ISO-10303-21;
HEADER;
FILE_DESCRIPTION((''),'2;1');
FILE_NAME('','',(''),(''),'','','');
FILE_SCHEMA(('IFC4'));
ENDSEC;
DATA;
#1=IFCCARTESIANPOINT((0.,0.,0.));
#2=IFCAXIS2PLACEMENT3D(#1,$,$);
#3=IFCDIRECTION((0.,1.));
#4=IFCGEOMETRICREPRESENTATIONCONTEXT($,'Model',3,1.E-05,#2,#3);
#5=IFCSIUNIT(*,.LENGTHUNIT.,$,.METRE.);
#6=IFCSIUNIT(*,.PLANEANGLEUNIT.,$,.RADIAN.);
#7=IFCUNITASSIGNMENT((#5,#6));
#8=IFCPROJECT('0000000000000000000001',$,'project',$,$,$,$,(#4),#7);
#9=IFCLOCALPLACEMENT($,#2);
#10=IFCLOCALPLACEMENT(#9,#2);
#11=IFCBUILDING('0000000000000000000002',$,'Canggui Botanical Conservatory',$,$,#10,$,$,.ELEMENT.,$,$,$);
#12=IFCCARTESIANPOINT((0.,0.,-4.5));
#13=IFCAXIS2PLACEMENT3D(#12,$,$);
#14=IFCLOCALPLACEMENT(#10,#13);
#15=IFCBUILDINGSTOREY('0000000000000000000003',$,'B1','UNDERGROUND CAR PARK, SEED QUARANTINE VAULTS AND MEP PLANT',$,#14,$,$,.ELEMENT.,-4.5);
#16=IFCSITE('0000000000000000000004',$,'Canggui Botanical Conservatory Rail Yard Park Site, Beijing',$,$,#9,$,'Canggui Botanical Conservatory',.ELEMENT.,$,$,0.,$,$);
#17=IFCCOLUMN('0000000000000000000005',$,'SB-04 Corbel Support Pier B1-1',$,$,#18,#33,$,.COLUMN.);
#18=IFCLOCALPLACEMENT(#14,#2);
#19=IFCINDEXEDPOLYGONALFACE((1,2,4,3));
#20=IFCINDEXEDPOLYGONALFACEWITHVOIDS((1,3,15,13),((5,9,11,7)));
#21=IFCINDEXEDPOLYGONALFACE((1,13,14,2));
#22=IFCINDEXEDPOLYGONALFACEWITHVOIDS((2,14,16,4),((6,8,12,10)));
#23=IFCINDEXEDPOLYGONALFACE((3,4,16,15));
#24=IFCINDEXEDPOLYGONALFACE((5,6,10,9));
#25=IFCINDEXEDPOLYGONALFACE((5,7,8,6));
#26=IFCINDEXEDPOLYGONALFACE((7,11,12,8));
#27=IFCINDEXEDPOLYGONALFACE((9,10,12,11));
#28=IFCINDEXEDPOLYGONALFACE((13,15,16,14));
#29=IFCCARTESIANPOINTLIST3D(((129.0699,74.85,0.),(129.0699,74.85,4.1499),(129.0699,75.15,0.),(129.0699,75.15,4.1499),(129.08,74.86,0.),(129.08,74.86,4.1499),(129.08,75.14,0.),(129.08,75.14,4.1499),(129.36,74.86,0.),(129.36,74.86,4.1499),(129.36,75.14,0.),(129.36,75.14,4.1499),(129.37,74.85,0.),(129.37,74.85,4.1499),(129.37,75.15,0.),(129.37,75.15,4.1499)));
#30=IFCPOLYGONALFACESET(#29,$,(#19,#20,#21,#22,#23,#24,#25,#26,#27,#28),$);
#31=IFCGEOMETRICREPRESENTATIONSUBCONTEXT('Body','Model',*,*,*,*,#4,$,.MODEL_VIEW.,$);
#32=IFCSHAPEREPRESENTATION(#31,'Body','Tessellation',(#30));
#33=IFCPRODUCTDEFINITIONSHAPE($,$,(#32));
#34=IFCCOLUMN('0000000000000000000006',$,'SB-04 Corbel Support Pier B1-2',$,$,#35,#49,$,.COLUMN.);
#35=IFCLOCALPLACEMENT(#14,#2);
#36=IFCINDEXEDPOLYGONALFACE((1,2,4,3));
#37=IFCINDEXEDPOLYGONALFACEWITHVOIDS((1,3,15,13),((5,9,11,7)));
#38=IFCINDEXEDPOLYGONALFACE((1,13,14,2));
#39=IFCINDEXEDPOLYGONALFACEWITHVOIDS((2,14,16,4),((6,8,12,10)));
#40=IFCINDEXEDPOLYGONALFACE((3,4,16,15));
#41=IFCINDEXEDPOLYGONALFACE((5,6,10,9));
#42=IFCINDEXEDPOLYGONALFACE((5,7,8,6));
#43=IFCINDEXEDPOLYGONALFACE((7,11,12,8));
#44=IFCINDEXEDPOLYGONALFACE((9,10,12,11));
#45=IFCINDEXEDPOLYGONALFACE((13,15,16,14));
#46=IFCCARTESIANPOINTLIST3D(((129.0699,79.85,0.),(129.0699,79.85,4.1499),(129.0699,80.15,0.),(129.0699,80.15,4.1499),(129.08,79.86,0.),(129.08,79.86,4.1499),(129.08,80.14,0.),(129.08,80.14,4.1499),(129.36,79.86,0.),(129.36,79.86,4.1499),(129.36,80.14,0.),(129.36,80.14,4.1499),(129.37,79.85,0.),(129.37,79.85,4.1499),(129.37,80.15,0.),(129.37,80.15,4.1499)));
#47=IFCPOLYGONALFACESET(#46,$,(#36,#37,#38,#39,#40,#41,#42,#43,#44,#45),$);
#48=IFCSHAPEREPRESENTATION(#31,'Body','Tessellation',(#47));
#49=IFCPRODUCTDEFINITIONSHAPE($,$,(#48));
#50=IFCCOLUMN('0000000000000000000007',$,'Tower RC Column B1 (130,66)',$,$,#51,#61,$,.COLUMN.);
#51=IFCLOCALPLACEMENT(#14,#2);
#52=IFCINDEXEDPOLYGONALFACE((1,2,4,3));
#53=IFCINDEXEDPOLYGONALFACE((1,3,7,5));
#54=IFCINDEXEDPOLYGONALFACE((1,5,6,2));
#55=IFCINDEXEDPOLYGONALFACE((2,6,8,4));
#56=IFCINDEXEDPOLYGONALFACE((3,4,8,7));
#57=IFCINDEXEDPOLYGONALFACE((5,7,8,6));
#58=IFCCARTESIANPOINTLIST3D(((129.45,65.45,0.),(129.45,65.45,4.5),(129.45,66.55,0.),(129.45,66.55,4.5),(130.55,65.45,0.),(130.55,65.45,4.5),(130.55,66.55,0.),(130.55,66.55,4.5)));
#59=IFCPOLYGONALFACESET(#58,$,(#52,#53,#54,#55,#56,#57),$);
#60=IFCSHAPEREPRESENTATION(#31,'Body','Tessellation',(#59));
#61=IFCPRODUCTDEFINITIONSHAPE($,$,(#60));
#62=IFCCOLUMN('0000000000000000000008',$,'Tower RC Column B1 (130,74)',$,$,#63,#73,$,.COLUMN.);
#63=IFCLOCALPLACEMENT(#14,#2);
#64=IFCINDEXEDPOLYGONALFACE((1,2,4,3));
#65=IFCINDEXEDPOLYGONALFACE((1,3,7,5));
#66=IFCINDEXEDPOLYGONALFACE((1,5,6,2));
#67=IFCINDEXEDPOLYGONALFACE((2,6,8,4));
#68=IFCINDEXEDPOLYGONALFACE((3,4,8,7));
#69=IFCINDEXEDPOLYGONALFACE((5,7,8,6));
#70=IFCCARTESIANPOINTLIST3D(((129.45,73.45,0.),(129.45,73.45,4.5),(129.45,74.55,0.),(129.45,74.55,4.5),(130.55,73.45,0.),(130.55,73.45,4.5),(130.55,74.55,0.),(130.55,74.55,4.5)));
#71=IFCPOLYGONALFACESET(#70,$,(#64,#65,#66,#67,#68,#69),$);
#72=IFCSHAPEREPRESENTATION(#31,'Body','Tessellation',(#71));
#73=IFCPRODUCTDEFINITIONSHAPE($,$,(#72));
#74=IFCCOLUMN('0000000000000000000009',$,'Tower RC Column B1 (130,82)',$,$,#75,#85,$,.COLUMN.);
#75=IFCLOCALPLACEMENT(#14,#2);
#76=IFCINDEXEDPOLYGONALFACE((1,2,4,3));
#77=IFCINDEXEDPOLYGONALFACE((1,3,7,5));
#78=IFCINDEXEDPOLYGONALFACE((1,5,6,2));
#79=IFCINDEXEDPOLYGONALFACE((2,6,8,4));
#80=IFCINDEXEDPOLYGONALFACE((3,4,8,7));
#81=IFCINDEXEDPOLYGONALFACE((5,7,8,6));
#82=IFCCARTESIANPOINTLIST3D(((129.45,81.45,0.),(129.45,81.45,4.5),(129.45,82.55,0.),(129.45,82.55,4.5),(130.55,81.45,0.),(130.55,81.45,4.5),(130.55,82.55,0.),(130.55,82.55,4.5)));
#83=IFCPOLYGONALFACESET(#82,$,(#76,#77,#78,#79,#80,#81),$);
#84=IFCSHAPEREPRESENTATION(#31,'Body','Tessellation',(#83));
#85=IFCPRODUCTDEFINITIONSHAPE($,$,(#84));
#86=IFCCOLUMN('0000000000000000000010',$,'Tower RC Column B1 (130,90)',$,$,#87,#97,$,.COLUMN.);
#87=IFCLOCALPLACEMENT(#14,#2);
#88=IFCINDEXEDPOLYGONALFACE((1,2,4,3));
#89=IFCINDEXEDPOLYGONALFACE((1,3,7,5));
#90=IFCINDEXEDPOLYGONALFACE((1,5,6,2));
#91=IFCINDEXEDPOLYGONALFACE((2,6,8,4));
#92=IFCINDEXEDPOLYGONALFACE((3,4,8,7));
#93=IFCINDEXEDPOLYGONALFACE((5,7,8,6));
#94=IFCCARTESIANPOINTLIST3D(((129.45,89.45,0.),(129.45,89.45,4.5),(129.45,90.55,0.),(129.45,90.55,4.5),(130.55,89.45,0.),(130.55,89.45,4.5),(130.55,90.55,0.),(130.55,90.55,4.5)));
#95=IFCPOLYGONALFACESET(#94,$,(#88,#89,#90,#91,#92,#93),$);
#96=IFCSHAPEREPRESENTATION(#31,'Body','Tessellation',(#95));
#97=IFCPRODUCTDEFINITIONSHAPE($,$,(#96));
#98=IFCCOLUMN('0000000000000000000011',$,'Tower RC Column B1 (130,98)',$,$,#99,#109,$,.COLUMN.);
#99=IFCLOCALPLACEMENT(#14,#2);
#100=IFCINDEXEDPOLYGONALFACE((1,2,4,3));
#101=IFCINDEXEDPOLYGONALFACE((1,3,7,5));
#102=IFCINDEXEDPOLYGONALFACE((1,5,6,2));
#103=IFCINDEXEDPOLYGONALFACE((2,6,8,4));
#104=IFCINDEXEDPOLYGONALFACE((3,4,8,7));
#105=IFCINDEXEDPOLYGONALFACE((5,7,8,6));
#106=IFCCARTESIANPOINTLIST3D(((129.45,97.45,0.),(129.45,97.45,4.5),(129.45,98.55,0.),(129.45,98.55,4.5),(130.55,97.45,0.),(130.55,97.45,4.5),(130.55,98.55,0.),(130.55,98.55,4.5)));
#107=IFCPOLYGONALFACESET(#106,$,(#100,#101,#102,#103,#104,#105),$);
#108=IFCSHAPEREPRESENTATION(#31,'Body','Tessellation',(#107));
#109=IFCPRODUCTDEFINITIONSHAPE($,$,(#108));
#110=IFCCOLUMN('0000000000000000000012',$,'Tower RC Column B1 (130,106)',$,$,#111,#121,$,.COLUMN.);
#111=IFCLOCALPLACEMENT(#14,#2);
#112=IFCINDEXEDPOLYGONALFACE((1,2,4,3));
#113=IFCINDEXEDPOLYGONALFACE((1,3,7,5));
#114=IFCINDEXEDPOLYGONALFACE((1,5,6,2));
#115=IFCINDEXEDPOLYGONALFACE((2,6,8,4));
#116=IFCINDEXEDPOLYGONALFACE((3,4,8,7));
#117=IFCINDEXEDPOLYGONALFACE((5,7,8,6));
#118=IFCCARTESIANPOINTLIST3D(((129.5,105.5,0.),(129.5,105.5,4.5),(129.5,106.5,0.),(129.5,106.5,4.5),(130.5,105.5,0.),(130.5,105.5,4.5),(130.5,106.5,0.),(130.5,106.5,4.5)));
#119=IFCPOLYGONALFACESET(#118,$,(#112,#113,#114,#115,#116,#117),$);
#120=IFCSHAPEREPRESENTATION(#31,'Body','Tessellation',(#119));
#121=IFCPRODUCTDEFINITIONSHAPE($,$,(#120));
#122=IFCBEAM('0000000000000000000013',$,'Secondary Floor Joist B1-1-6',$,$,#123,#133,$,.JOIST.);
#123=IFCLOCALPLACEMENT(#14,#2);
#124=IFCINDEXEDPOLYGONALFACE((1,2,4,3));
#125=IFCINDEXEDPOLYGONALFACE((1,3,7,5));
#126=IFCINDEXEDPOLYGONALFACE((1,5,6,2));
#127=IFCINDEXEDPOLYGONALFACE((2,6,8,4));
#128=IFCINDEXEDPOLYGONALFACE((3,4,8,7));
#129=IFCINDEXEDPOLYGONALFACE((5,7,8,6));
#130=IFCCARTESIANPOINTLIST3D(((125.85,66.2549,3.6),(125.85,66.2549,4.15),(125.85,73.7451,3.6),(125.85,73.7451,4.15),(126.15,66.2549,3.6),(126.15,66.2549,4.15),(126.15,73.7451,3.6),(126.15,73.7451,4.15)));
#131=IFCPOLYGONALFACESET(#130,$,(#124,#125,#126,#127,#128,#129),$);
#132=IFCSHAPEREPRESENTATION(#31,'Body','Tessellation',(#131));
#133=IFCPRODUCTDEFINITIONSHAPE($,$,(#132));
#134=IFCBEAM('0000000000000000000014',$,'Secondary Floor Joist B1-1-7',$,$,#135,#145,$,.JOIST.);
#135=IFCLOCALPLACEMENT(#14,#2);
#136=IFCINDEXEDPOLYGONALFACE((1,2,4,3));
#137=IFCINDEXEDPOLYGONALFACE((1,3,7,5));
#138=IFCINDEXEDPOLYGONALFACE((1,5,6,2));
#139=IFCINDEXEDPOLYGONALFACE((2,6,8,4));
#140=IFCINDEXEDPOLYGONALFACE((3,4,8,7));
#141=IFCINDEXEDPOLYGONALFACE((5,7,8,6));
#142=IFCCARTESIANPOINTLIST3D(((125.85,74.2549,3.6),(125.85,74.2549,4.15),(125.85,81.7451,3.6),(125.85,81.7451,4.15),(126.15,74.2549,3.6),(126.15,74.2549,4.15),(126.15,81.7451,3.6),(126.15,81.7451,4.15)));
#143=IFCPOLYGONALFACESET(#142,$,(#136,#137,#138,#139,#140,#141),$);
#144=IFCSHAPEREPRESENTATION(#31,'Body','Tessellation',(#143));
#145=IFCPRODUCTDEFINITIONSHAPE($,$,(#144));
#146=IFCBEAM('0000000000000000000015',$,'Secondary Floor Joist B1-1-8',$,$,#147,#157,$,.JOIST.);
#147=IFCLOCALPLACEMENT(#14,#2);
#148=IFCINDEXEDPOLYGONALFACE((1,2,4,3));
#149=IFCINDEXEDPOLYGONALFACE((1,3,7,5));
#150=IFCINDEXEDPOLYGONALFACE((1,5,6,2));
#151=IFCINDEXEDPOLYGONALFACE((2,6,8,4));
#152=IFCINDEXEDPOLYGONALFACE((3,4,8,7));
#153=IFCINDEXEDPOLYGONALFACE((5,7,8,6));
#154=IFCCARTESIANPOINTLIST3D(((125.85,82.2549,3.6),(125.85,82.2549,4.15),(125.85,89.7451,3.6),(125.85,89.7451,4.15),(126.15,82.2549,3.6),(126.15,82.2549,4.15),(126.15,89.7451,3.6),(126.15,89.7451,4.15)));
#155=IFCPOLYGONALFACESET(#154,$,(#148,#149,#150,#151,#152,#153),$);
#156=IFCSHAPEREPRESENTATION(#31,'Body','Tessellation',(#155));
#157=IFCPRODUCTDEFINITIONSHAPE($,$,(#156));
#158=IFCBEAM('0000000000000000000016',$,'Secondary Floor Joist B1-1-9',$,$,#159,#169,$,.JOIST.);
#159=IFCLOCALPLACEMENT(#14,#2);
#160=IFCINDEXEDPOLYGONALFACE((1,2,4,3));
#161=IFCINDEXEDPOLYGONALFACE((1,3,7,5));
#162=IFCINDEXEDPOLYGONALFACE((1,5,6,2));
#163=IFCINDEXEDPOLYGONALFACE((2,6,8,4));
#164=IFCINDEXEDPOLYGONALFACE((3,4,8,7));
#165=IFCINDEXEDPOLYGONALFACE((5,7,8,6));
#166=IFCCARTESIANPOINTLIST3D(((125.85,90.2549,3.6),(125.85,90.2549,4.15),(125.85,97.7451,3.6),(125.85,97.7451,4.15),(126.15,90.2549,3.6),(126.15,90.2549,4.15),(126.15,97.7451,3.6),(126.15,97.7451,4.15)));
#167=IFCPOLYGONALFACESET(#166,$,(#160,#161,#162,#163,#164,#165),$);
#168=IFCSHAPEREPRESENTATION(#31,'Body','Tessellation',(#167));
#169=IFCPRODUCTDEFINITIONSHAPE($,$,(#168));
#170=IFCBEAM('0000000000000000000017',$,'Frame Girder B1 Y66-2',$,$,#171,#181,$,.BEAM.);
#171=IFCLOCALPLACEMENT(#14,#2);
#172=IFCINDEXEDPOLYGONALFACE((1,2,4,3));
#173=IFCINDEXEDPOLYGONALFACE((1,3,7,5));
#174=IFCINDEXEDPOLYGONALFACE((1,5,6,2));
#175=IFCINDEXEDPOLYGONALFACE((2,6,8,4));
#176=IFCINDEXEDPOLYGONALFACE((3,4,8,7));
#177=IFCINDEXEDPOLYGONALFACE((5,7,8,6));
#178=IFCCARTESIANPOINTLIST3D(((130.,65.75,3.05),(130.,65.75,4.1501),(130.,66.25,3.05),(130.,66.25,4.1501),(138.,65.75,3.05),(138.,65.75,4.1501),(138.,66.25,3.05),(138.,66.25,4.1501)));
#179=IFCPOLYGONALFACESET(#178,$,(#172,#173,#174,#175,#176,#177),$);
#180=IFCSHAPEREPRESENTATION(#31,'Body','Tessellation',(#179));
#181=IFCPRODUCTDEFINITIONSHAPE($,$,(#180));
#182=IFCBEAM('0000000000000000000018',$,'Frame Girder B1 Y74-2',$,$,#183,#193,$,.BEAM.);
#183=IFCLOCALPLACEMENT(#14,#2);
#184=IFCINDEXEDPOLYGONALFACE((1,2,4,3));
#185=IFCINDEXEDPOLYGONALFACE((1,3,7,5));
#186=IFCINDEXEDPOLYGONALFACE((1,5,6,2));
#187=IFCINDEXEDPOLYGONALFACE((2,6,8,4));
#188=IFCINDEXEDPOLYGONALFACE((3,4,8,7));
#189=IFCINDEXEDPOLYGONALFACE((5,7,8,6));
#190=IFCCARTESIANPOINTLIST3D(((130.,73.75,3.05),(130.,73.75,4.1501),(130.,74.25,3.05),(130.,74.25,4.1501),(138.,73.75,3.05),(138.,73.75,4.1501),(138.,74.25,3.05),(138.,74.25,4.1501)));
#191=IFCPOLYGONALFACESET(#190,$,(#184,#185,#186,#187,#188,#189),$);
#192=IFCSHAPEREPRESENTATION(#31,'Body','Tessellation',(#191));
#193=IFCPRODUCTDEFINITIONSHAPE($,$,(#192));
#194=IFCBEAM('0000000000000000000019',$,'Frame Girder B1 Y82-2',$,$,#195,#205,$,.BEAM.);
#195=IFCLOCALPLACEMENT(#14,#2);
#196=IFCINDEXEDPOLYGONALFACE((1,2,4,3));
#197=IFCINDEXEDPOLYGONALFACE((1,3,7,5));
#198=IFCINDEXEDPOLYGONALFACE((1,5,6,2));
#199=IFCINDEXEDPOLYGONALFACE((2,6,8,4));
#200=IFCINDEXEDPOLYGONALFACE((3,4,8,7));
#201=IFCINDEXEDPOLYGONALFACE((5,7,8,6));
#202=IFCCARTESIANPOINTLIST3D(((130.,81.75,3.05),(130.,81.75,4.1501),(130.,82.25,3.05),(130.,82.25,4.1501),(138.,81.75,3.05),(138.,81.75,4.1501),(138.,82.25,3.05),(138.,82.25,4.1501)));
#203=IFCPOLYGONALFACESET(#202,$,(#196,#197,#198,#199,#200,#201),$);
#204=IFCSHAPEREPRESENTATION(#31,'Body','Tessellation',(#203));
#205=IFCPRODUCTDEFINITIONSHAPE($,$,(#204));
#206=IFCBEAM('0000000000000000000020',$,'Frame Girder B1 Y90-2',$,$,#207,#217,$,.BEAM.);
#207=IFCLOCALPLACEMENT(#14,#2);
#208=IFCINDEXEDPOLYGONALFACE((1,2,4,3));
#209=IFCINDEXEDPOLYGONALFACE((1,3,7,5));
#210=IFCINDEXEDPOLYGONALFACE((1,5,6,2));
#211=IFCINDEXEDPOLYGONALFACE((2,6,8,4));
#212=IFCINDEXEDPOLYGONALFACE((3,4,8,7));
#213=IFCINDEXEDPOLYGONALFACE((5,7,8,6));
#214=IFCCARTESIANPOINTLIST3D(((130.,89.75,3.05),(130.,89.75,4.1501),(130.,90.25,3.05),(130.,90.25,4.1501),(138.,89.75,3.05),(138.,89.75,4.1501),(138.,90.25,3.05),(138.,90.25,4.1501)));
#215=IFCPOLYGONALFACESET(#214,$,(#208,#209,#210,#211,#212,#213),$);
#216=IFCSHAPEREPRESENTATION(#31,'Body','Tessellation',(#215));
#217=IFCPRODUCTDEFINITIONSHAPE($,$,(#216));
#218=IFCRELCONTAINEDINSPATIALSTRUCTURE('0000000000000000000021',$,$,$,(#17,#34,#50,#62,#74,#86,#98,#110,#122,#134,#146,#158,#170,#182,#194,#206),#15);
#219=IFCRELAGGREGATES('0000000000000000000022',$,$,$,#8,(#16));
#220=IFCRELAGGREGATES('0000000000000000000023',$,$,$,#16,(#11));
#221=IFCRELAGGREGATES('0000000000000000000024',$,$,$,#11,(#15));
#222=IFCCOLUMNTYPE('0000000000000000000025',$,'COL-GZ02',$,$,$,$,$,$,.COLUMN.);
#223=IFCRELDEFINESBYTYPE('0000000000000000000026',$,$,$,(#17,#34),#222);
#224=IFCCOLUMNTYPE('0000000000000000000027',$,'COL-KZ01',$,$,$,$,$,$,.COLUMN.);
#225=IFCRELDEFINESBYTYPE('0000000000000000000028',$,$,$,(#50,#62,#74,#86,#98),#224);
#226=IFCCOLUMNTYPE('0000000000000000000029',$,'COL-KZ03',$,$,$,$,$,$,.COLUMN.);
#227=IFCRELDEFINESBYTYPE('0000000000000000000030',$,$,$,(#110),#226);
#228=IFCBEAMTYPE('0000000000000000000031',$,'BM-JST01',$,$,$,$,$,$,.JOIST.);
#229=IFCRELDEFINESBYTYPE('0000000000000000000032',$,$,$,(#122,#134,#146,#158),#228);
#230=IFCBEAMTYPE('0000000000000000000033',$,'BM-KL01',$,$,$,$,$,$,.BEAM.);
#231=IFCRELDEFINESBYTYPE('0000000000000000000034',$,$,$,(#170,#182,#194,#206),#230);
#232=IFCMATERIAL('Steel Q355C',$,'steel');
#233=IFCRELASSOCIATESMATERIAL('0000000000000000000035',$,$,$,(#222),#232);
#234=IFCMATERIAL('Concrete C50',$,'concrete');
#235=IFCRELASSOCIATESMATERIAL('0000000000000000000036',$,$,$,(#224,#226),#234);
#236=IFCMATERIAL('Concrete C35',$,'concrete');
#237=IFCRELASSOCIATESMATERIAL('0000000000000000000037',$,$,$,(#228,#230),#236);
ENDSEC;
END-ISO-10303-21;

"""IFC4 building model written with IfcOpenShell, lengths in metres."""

from ifc_helpers import new_model, si_unit, direction, frame, origin, origin_2d, place, context, subcontext, project, spatial, rectangle, hollow_rectangle, extrude, material, material_profile, profile_set, type_object, element, save


model = new_model("IFC4")

# Units and contexts
model_context = context("Model", 3, precision=1e-05, world=origin(), true_north=direction((0.0, 1.0)))
body_context = subcontext(model_context, "Body", "Model", "MODEL_VIEW")
ifc_project = project(units=[si_unit("LENGTHUNIT", "METRE"), si_unit("PLANEANGLEUNIT", "RADIAN")], contexts=[model_context])

# Site, building, storey
site_placement = place(None, origin())
site = spatial("IfcSite", under=ifc_project, at=site_placement, Name="Canggui Botanical Conservatory Rail Yard Park Site, Beijing", LongName="Canggui Botanical Conservatory", CompositionType="ELEMENT", RefElevation=0.0)
building_placement = place(site_placement, origin())
building = spatial("IfcBuilding", under=site, at=building_placement, Name="Canggui Botanical Conservatory", CompositionType="ELEMENT")
storey_placement = place(building_placement, frame((0.0, 0.0, -4.5)))
storey = spatial("IfcBuildingStorey", under=building, at=storey_placement, Name="B1", Description="UNDERGROUND CAR PARK, SEED QUARANTINE VAULTS AND MEP PLANT", CompositionType="ELEMENT", Elevation=-4.5)

# Columns
ifc_material_1 = material(Name="Steel Q355C", Category="steel")
ifc_material_profile_1 = material_profile(ifc_material_1, hollow_rectangle(XDim=0.3, YDim=0.3, WallThickness=0.01, at=origin_2d()), Name="SHS 300x300x10")
ifc_profile_set_1 = profile_set([ifc_material_profile_1], Name="Steel Q355C")
column_type_1 = type_object("IfcColumnType", Name="COL-GZ02", PredefinedType="COLUMN", material=ifc_profile_set_1)
for number, where, z_axis, x_axis, name in (
    (1, (129.22, 75.0, 0.0), (0.0, 0.0, 1.0), (1.0, 0.0, 0.0), "SB-04 Corbel Support Pier B1-1"),
    (2, (129.22, 80.0, 0.0), (0.0, 0.0, 1.0), (1.0, 0.0, 0.0), "SB-04 Corbel Support Pier B1-2"),
):
    element("IfcColumn", number, at=place(storey_placement, frame(where, z_axis=z_axis, x_axis=x_axis)), inside=storey, type_object=column_type_1, Name=name, PredefinedType="COLUMN", context=body_context, shape_type="SweptSolid", body=[
        extrude(hollow_rectangle(XDim=0.3, YDim=0.3, WallThickness=0.01, at=origin_2d()), origin(), (0.0, 0.0, 1.0), 4.1499),
    ])
ifc_material_2 = material(Name="Concrete C50", Category="concrete")
ifc_material_profile_2 = material_profile(ifc_material_2, rectangle(XDim=1.1001, YDim=1.1001, at=origin_2d()), Name="RC 1100x1100")
ifc_profile_set_2 = profile_set([ifc_material_profile_2], Name="Concrete C50")
column_type_2 = type_object("IfcColumnType", Name="COL-KZ01", PredefinedType="COLUMN", material=ifc_profile_set_2)
for number, where, z_axis, x_axis, name in (
    (3, (130.0, 66.0, 0.0), (0.0, 0.0, 1.0), (1.0, 0.0, 0.0), "Tower RC Column B1 (130,66)"),
    (4, (130.0, 74.0, 0.0), (0.0, 0.0, 1.0), (1.0, 0.0, 0.0), "Tower RC Column B1 (130,74)"),
    (5, (130.0, 82.0, 0.0), (0.0, 0.0, 1.0), (1.0, 0.0, 0.0), "Tower RC Column B1 (130,82)"),
    (6, (130.0, 90.0, 0.0), (0.0, 0.0, 1.0), (1.0, 0.0, 0.0), "Tower RC Column B1 (130,90)"),
    (7, (130.0, 98.0, 0.0), (0.0, 0.0, 1.0), (1.0, 0.0, 0.0), "Tower RC Column B1 (130,98)"),
):
    element("IfcColumn", number, at=place(storey_placement, frame(where, z_axis=z_axis, x_axis=x_axis)), inside=storey, type_object=column_type_2, Name=name, PredefinedType="COLUMN", context=body_context, shape_type="SweptSolid", body=[
        extrude(rectangle(XDim=1.1001, YDim=1.1001, at=origin_2d()), origin(), (0.0, 0.0, 1.0), 4.5),
    ])
ifc_material_profile_3 = material_profile(ifc_material_2, rectangle(XDim=1.0, YDim=1.0, at=origin_2d()), Name="RC 1000x1000")
ifc_profile_set_3 = profile_set([ifc_material_profile_3], Name="Concrete C50")
column_type_3 = type_object("IfcColumnType", Name="COL-KZ03", PredefinedType="COLUMN", material=ifc_profile_set_3)
column_placement = place(storey_placement, frame((130.0, 106.0, 0.0), z_axis=(0.0, 0.0, 1.0), x_axis=(1.0, 0.0, 0.0)))
element("IfcColumn", 8, at=column_placement, inside=storey, type_object=column_type_3, Name="Tower RC Column B1 (130,106)", PredefinedType="COLUMN", context=body_context, shape_type="SweptSolid", body=[
    extrude(rectangle(XDim=1.0, YDim=1.0, at=origin_2d()), origin(), (0.0, 0.0, 1.0), 4.5),
])

# Beams
ifc_material_3 = material(Name="Concrete C35", Category="concrete")
ifc_material_profile_4 = material_profile(ifc_material_3, rectangle(XDim=0.3, YDim=0.55, at=origin_2d()), Name="RB 300x550")
ifc_profile_set_4 = profile_set([ifc_material_profile_4], Name="Concrete C35")
beam_type_1 = type_object("IfcBeamType", Name="BM-JST01", PredefinedType="JOIST", material=ifc_profile_set_4)
for number, where, z_axis, x_axis, name in (
    (9, (126.0, 66.2549, 3.875), (0.0, 1.0, 0.0), (-1.0, 0.0, 0.0), "Secondary Floor Joist B1-1-6"),
    (10, (126.0, 74.2549, 3.875), (0.0, 1.0, 0.0), (-1.0, 0.0, 0.0), "Secondary Floor Joist B1-1-7"),
    (11, (126.0, 82.2549, 3.875), (0.0, 1.0, 0.0), (-1.0, 0.0, 0.0), "Secondary Floor Joist B1-1-8"),
    (12, (126.0, 90.2549, 3.875), (0.0, 1.0, 0.0), (-1.0, 0.0, 0.0), "Secondary Floor Joist B1-1-9"),
):
    element("IfcBeam", number, at=place(storey_placement, frame(where, z_axis=z_axis, x_axis=x_axis)), inside=storey, type_object=beam_type_1, Name=name, PredefinedType="JOIST", context=body_context, shape_type="SweptSolid", body=[
        extrude(rectangle(XDim=0.3, YDim=0.55, at=origin_2d()), origin(), (0.0, 0.0, 1.0), 7.4902),
    ])
ifc_material_profile_5 = material_profile(ifc_material_3, rectangle(XDim=0.5, YDim=1.1001, at=origin_2d()), Name="RB 500x1100")
ifc_profile_set_5 = profile_set([ifc_material_profile_5], Name="Concrete C35")
beam_type_2 = type_object("IfcBeamType", Name="BM-KL01", PredefinedType="BEAM", material=ifc_profile_set_5)
for number, where, z_axis, x_axis, name in (
    (13, (130.0, 66.0, 3.6001), (1.0, 0.0, 0.0), (0.0, 1.0, 0.0), "Frame Girder B1 Y66-2"),
    (14, (130.0, 74.0, 3.6001), (1.0, 0.0, 0.0), (0.0, 1.0, 0.0), "Frame Girder B1 Y74-2"),
    (15, (130.0, 82.0, 3.6001), (1.0, 0.0, 0.0), (0.0, 1.0, 0.0), "Frame Girder B1 Y82-2"),
    (16, (130.0, 90.0, 3.6001), (1.0, 0.0, 0.0), (0.0, 1.0, 0.0), "Frame Girder B1 Y90-2"),
):
    element("IfcBeam", number, at=place(storey_placement, frame(where, z_axis=z_axis, x_axis=x_axis)), inside=storey, type_object=beam_type_2, Name=name, PredefinedType="BEAM", context=body_context, shape_type="SweptSolid", body=[
        extrude(rectangle(XDim=0.5, YDim=1.1001, at=origin_2d()), origin(), (0.0, 0.0, 1.0), 8.0),
    ])

save(model, "model.ifc")
